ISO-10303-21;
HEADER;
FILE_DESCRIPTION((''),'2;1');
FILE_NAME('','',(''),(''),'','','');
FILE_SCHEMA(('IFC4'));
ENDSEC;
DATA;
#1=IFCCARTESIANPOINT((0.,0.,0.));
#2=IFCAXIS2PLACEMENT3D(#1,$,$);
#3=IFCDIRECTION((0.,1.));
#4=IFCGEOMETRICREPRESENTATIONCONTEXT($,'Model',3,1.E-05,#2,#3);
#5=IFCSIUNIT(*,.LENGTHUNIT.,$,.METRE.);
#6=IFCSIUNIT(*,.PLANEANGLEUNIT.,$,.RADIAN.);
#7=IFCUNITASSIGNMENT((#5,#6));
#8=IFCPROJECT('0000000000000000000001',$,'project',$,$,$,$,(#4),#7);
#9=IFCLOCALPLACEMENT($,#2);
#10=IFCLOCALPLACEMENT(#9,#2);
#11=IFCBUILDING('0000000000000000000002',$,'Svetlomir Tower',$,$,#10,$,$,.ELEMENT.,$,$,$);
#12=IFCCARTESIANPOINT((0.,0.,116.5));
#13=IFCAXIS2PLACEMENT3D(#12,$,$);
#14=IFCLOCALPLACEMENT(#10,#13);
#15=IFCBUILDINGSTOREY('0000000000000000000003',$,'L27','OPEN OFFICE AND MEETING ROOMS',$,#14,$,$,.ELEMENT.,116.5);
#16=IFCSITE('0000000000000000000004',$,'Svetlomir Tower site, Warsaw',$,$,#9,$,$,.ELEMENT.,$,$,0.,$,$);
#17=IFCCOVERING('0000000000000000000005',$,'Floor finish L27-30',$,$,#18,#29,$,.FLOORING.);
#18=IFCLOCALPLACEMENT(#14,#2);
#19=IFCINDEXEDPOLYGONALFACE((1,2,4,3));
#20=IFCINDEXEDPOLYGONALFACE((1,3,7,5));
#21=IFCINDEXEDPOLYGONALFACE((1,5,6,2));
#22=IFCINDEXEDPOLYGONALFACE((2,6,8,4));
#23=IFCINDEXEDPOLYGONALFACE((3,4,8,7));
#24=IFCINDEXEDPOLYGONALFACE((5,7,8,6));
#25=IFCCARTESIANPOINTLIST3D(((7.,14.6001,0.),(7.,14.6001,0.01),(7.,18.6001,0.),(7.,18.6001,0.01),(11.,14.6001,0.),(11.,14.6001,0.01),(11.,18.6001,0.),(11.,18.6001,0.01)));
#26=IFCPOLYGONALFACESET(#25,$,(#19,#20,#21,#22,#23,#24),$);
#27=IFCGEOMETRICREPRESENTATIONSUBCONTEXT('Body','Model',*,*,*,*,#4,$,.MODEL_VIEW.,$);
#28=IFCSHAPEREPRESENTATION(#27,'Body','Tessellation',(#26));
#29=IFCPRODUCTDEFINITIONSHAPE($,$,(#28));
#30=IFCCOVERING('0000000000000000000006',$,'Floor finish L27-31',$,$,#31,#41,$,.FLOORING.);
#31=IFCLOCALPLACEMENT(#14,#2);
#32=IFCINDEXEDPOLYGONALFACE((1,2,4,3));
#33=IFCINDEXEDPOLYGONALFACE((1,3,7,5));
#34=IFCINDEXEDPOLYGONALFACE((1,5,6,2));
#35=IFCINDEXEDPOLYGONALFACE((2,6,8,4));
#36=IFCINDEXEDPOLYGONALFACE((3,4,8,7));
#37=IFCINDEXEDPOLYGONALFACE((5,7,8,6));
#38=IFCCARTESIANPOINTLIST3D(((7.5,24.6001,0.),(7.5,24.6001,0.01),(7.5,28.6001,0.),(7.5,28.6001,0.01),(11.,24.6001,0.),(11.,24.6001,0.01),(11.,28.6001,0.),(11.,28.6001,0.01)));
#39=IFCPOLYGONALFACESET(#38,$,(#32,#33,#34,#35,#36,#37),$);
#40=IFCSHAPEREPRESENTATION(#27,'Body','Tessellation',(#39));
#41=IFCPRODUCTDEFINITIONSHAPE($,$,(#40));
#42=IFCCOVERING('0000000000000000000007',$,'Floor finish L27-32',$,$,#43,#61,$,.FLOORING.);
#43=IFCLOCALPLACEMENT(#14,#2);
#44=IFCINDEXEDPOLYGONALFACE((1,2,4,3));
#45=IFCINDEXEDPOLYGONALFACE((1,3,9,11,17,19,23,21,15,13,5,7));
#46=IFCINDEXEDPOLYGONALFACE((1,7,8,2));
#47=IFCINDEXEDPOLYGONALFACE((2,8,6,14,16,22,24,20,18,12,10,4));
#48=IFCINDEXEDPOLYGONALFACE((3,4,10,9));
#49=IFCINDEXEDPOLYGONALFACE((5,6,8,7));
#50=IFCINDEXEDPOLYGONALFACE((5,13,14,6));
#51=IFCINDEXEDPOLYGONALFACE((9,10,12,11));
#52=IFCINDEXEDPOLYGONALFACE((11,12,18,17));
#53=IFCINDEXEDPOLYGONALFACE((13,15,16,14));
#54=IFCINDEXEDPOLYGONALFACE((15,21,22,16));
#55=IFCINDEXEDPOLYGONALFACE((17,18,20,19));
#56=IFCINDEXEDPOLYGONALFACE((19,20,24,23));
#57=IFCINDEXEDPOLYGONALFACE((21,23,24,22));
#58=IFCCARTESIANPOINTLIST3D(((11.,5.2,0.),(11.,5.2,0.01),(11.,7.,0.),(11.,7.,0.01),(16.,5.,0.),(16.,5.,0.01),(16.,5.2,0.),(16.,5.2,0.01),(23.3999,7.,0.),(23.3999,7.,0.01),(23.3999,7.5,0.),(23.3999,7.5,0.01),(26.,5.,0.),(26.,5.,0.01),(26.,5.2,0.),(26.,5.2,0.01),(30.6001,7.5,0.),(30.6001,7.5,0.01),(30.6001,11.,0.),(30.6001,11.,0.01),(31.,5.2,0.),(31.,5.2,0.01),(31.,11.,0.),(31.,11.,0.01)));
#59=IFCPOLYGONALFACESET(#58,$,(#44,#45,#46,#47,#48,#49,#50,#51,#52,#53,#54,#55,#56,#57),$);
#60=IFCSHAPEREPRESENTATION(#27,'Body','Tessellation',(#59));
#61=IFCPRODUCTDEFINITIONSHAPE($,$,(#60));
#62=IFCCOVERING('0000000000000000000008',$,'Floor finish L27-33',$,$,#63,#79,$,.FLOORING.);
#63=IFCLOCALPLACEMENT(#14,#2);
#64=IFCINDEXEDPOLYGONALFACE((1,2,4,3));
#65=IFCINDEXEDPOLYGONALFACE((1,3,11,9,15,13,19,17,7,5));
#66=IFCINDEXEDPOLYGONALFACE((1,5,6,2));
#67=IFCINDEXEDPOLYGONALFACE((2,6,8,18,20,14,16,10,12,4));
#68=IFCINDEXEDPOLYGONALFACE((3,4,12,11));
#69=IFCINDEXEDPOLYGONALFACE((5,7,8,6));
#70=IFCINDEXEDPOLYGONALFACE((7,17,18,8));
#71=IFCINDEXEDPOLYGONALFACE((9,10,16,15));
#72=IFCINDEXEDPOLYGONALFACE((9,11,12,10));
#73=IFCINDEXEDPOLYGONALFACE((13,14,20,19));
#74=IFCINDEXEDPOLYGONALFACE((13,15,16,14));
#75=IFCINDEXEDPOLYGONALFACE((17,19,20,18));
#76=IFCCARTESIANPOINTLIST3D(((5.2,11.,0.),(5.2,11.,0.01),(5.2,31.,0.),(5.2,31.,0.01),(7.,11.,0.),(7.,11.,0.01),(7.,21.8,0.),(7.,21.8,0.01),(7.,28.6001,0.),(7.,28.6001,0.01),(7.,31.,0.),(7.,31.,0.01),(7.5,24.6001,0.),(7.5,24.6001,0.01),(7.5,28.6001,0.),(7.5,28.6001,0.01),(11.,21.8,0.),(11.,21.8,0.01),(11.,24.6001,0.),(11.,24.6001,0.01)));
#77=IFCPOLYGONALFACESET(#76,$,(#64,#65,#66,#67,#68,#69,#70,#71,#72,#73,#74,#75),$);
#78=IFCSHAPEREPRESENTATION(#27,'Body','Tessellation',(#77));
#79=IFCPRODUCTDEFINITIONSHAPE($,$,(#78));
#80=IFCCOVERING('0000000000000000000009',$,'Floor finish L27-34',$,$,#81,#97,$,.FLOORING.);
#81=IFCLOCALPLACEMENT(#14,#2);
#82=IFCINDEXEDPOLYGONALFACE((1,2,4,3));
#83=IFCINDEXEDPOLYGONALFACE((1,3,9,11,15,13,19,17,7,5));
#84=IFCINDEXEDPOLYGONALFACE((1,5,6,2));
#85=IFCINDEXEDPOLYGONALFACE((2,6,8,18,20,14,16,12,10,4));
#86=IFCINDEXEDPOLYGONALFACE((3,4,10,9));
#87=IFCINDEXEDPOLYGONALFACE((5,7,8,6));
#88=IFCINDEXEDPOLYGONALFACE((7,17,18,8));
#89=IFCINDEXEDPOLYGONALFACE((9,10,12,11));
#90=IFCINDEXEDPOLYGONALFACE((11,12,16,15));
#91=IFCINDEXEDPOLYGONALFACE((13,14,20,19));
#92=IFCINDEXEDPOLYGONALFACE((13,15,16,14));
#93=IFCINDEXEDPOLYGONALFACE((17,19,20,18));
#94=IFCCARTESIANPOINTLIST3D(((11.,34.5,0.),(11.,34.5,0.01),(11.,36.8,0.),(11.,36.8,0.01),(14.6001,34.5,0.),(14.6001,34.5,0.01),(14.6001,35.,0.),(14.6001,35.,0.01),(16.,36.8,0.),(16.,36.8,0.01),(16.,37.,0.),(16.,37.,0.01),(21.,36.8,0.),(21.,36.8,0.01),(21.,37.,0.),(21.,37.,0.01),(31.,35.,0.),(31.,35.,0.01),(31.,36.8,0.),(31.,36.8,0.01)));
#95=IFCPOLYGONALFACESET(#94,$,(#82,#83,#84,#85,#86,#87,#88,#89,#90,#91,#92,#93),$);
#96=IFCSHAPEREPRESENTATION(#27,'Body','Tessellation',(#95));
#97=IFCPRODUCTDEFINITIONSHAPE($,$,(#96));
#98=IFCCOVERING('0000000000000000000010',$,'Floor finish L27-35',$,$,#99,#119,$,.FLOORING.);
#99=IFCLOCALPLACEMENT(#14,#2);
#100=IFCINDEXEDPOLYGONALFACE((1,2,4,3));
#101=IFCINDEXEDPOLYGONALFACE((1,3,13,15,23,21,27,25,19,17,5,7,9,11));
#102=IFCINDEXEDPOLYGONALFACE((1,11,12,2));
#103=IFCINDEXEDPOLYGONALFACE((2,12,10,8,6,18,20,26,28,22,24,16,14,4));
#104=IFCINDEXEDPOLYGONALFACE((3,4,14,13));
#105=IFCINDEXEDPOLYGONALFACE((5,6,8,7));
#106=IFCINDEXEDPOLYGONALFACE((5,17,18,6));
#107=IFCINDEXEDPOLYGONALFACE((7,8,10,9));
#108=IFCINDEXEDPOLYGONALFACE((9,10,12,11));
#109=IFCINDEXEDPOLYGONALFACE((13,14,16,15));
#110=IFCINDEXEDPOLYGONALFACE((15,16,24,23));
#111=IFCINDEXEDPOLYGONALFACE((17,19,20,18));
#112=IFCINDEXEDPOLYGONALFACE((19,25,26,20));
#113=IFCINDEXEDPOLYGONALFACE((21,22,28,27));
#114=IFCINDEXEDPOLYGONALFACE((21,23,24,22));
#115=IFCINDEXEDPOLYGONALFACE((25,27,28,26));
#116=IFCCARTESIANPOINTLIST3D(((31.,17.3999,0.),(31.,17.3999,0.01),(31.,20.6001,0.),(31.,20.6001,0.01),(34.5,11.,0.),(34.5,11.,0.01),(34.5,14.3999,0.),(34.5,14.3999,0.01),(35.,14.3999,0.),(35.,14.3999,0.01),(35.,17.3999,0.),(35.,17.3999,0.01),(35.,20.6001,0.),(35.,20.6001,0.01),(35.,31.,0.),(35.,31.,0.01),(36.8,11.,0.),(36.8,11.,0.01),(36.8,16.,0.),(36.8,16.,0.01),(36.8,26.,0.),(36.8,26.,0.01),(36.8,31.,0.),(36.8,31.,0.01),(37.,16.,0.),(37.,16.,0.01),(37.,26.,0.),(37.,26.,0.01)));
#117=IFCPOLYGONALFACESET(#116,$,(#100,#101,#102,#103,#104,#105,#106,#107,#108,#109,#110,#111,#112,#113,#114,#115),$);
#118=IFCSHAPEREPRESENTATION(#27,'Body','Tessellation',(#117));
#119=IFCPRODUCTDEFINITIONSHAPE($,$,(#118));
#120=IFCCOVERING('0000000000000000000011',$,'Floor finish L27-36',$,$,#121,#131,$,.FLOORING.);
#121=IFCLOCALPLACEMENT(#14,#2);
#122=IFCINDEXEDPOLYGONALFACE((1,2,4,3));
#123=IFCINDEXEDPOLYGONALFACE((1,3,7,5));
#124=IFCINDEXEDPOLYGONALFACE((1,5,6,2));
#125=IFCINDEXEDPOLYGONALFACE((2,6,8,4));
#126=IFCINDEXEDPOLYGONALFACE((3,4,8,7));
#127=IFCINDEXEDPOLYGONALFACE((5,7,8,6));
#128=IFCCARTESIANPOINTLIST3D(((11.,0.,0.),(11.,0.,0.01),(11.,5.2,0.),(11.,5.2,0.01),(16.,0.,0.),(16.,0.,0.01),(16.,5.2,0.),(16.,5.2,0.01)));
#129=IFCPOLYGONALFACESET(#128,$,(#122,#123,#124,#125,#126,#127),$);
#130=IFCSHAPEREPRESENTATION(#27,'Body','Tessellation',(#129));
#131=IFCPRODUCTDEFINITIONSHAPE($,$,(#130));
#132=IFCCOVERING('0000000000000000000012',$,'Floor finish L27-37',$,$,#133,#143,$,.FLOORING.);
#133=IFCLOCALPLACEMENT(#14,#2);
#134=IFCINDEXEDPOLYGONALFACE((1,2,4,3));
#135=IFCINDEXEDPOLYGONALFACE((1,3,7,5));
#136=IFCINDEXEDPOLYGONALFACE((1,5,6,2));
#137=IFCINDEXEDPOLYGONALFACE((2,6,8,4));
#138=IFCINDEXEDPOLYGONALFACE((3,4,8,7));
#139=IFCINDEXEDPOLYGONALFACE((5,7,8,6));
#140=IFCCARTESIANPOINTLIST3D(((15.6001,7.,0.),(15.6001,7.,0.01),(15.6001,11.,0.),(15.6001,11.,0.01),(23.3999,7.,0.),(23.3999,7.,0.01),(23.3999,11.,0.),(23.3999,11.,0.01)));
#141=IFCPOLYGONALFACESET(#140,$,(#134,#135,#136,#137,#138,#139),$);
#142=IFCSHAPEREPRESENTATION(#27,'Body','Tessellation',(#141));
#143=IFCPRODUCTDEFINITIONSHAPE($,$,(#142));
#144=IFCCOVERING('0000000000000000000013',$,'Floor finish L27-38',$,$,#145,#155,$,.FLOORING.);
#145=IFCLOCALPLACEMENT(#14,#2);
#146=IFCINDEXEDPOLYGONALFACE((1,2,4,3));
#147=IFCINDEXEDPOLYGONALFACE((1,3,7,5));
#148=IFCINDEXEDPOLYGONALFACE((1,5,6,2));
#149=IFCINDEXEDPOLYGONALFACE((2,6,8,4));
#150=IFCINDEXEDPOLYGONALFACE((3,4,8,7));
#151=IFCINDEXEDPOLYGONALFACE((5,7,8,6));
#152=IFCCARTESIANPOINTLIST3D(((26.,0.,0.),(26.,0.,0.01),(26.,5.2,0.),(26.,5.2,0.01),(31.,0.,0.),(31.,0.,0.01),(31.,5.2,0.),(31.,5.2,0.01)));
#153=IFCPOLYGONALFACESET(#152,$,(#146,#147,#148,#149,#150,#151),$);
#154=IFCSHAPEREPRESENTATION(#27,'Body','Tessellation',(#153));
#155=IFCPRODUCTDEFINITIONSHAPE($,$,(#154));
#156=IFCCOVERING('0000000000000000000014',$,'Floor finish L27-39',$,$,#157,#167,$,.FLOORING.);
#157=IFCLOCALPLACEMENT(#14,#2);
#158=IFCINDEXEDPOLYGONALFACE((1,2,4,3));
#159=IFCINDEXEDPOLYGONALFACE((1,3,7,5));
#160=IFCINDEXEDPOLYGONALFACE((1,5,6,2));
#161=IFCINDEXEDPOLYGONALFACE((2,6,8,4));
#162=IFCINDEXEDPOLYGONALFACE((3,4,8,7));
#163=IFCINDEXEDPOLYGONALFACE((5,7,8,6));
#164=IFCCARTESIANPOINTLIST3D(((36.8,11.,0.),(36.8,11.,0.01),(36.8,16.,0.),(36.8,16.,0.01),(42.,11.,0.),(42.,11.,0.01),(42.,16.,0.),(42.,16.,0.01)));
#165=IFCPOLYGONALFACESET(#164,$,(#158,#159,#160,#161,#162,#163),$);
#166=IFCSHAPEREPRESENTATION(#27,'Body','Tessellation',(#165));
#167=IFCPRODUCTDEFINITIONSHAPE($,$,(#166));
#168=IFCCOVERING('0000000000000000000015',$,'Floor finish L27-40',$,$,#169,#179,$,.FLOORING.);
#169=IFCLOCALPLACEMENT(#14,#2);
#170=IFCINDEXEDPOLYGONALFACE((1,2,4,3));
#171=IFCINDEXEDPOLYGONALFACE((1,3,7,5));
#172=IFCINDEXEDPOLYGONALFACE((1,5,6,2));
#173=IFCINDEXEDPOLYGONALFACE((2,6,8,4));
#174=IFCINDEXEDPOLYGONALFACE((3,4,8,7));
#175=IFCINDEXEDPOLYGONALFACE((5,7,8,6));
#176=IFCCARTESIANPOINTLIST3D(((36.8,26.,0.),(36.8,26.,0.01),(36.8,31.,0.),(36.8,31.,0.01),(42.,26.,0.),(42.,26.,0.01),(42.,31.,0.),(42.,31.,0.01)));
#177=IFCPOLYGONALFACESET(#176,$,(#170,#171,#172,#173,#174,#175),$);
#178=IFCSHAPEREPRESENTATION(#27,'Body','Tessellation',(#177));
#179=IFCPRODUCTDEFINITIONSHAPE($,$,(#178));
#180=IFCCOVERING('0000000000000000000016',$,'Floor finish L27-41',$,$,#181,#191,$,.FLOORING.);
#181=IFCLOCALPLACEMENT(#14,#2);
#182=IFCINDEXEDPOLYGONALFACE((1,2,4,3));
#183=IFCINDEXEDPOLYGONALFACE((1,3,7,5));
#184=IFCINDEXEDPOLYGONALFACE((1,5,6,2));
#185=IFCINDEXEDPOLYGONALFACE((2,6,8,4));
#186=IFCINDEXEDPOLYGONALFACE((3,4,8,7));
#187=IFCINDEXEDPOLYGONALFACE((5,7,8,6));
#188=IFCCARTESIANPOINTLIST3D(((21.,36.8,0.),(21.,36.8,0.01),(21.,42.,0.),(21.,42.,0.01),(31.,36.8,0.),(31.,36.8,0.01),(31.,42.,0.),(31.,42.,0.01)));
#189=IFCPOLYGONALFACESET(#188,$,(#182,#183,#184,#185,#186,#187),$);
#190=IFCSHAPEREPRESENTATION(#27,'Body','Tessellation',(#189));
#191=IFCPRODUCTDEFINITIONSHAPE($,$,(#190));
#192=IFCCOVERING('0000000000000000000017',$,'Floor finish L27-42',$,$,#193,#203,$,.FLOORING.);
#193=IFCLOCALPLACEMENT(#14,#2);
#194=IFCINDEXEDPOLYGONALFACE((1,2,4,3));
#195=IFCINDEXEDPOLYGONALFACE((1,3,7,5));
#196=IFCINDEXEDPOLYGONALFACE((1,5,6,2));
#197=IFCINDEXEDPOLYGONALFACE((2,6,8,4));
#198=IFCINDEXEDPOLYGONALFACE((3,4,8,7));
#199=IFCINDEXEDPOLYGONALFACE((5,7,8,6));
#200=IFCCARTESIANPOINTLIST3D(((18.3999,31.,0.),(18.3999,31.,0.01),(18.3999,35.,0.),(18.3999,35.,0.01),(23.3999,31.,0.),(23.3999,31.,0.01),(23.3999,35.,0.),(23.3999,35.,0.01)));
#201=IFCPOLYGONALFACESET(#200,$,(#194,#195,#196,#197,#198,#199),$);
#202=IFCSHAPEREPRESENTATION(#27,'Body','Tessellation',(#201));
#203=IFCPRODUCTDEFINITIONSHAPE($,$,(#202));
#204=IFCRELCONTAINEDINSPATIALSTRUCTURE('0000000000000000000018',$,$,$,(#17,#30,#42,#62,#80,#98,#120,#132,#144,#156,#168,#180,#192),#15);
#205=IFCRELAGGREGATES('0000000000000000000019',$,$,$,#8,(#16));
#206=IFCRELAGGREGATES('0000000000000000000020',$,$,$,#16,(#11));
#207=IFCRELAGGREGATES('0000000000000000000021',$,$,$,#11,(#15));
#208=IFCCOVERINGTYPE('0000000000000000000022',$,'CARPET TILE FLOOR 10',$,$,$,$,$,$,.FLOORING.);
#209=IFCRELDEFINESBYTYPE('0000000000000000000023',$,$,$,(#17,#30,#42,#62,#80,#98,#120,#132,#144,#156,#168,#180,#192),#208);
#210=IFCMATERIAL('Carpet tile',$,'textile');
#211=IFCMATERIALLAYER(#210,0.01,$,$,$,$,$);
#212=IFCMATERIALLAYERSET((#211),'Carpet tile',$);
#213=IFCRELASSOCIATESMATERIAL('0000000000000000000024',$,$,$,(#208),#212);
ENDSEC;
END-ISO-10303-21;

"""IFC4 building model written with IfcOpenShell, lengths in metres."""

from ifc_helpers import new_model, si_unit, direction, frame, origin, place, context, subcontext, project, spatial, polyline, outline, extrude, material, layer, layer_set, type_object, element, save


model = new_model("IFC4")

# Units and contexts
model_context = context("Model", 3, precision=1e-05, world=origin(), true_north=direction((0.0, 1.0)))
body_context = subcontext(model_context, "Body", "Model", "MODEL_VIEW")
ifc_project = project(units=[si_unit("LENGTHUNIT", "METRE"), si_unit("PLANEANGLEUNIT", "RADIAN")], contexts=[model_context])

# Site, building, storey
site_placement = place(None, origin())
site = spatial("IfcSite", under=ifc_project, at=site_placement, Name="Svetlomir Tower site, Warsaw", CompositionType="ELEMENT", RefElevation=0.0)
building_placement = place(site_placement, origin())
building = spatial("IfcBuilding", under=site, at=building_placement, Name="Svetlomir Tower", CompositionType="ELEMENT")
storey_placement = place(building_placement, frame((0.0, 0.0, 116.5)))
storey = spatial("IfcBuildingStorey", under=building, at=storey_placement, Name="L27", Description="OPEN OFFICE AND MEETING ROOMS", CompositionType="ELEMENT", Elevation=116.5)

# Coverings
ifc_material_1 = material(Name="Carpet tile", Category="textile")
ifc_layer_1 = layer(ifc_material_1, 0.01)
ifc_layer_set_1 = layer_set([ifc_layer_1], Name="Carpet tile")
covering_type_1 = type_object("IfcCoveringType", Name="CARPET TILE FLOOR 10", PredefinedType="FLOORING", material=ifc_layer_set_1)
covering_1_placement = place(storey_placement, origin())
element("IfcCovering", 1, at=covering_1_placement, inside=storey, type_object=covering_type_1, Name="Floor finish L27-30", PredefinedType="FLOORING", context=body_context, shape_type="SweptSolid", body=[
    extrude(outline(polyline([(7.0, 14.6001), (11.0, 14.6001), (11.0, 18.6001), (7.0, 18.6001), (7.0, 14.6001)])), origin(), (0.0, 0.0, 1.0), 0.01),
])
covering_2_placement = place(storey_placement, origin())
element("IfcCovering", 2, at=covering_2_placement, inside=storey, type_object=covering_type_1, Name="Floor finish L27-31", PredefinedType="FLOORING", context=body_context, shape_type="SweptSolid", body=[
    extrude(outline(polyline([(7.5, 24.6001), (11.0, 24.6001), (11.0, 28.6001), (7.5, 28.6001), (7.5, 24.6001)])), origin(), (0.0, 0.0, 1.0), 0.01),
])
covering_3_placement = place(storey_placement, origin())
element("IfcCovering", 3, at=covering_3_placement, inside=storey, type_object=covering_type_1, Name="Floor finish L27-32", PredefinedType="FLOORING", context=body_context, shape_type="SweptSolid", body=[
    extrude(outline(polyline([(16.0, 5.0), (16.0, 5.2), (11.0, 5.2), (11.0, 7.0), (23.3999, 7.0), (23.3999, 7.5), (30.6001, 7.5), (30.6001, 11.0), (31.0, 11.0), (31.0, 5.2), (26.0, 5.2), (26.0, 5.0), (16.0, 5.0)])), origin(), (0.0, 0.0, 1.0), 0.01),
])
covering_4_placement = place(storey_placement, origin())
element("IfcCovering", 4, at=covering_4_placement, inside=storey, type_object=covering_type_1, Name="Floor finish L27-33", PredefinedType="FLOORING", context=body_context, shape_type="SweptSolid", body=[
    extrude(outline(polyline([(7.0, 21.8), (7.0, 11.0), (5.2, 11.0), (5.2, 31.0), (7.0, 31.0), (7.0, 28.6001), (7.5, 28.6001), (7.5, 24.6001), (11.0, 24.6001), (11.0, 21.8), (7.0, 21.8)])), origin(), (0.0, 0.0, 1.0), 0.01),
])
covering_5_placement = place(storey_placement, origin())
element("IfcCovering", 5, at=covering_5_placement, inside=storey, type_object=covering_type_1, Name="Floor finish L27-34", PredefinedType="FLOORING", context=body_context, shape_type="SweptSolid", body=[
    extrude(outline(polyline([(31.0, 35.0), (14.6001, 35.0), (14.6001, 34.5), (11.0, 34.5), (11.0, 36.8), (16.0, 36.8), (16.0, 37.0), (21.0, 37.0), (21.0, 36.8), (31.0, 36.8), (31.0, 35.0)])), origin(), (0.0, 0.0, 1.0), 0.01),
])
covering_6_placement = place(storey_placement, origin())
element("IfcCovering", 6, at=covering_6_placement, inside=storey, type_object=covering_type_1, Name="Floor finish L27-35", PredefinedType="FLOORING", context=body_context, shape_type="SweptSolid", body=[
    extrude(outline(polyline([(34.5, 14.3999), (35.0, 14.3999), (35.0, 17.3999), (31.0, 17.3999), (31.0, 20.6001), (35.0, 20.6001), (35.0, 31.0), (36.8, 31.0), (36.8, 26.0), (37.0, 26.0), (37.0, 16.0), (36.8, 16.0), (36.8, 11.0), (34.5, 11.0), (34.5, 14.3999)])), origin(), (0.0, 0.0, 1.0), 0.01),
])
covering_7_placement = place(storey_placement, origin())
element("IfcCovering", 7, at=covering_7_placement, inside=storey, type_object=covering_type_1, Name="Floor finish L27-36", PredefinedType="FLOORING", context=body_context, shape_type="SweptSolid", body=[
    extrude(outline(polyline([(16.0, 5.2), (16.0, 0.0), (11.0, 0.0), (11.0, 5.2), (16.0, 5.2)])), origin(), (0.0, 0.0, 1.0), 0.01),
])
covering_8_placement = place(storey_placement, origin())
element("IfcCovering", 8, at=covering_8_placement, inside=storey, type_object=covering_type_1, Name="Floor finish L27-37", PredefinedType="FLOORING", context=body_context, shape_type="SweptSolid", body=[
    extrude(outline(polyline([(23.3999, 11.0), (23.3999, 7.0), (15.6001, 7.0), (15.6001, 11.0), (23.3999, 11.0)])), origin(), (0.0, 0.0, 1.0), 0.01),
])
covering_9_placement = place(storey_placement, origin())
element("IfcCovering", 9, at=covering_9_placement, inside=storey, type_object=covering_type_1, Name="Floor finish L27-38", PredefinedType="FLOORING", context=body_context, shape_type="SweptSolid", body=[
    extrude(outline(polyline([(26.0, 0.0), (26.0, 5.2), (31.0, 5.2), (31.0, 0.0), (26.0, 0.0)])), origin(), (0.0, 0.0, 1.0), 0.01),
])
covering_10_placement = place(storey_placement, origin())
element("IfcCovering", 10, at=covering_10_placement, inside=storey, type_object=covering_type_1, Name="Floor finish L27-39", PredefinedType="FLOORING", context=body_context, shape_type="SweptSolid", body=[
    extrude(outline(polyline([(36.8, 16.0), (42.0, 16.0), (42.0, 11.0), (36.8, 11.0), (36.8, 16.0)])), origin(), (0.0, 0.0, 1.0), 0.01),
])
covering_11_placement = place(storey_placement, origin())
element("IfcCovering", 11, at=covering_11_placement, inside=storey, type_object=covering_type_1, Name="Floor finish L27-40", PredefinedType="FLOORING", context=body_context, shape_type="SweptSolid", body=[
    extrude(outline(polyline([(42.0, 26.0), (36.8, 26.0), (36.8, 31.0), (42.0, 31.0), (42.0, 26.0)])), origin(), (0.0, 0.0, 1.0), 0.01),
])
covering_12_placement = place(storey_placement, origin())
element("IfcCovering", 12, at=covering_12_placement, inside=storey, type_object=covering_type_1, Name="Floor finish L27-41", PredefinedType="FLOORING", context=body_context, shape_type="SweptSolid", body=[
    extrude(outline(polyline([(21.0, 36.8), (21.0, 42.0), (31.0, 42.0), (31.0, 36.8), (21.0, 36.8)])), origin(), (0.0, 0.0, 1.0), 0.01),
])
covering_13_placement = place(storey_placement, origin())
element("IfcCovering", 13, at=covering_13_placement, inside=storey, type_object=covering_type_1, Name="Floor finish L27-42", PredefinedType="FLOORING", context=body_context, shape_type="SweptSolid", body=[
    extrude(outline(polyline([(18.3999, 31.0), (18.3999, 35.0), (23.3999, 35.0), (23.3999, 31.0), (18.3999, 31.0)])), origin(), (0.0, 0.0, 1.0), 0.01),
])

save(model, "model.ifc")
